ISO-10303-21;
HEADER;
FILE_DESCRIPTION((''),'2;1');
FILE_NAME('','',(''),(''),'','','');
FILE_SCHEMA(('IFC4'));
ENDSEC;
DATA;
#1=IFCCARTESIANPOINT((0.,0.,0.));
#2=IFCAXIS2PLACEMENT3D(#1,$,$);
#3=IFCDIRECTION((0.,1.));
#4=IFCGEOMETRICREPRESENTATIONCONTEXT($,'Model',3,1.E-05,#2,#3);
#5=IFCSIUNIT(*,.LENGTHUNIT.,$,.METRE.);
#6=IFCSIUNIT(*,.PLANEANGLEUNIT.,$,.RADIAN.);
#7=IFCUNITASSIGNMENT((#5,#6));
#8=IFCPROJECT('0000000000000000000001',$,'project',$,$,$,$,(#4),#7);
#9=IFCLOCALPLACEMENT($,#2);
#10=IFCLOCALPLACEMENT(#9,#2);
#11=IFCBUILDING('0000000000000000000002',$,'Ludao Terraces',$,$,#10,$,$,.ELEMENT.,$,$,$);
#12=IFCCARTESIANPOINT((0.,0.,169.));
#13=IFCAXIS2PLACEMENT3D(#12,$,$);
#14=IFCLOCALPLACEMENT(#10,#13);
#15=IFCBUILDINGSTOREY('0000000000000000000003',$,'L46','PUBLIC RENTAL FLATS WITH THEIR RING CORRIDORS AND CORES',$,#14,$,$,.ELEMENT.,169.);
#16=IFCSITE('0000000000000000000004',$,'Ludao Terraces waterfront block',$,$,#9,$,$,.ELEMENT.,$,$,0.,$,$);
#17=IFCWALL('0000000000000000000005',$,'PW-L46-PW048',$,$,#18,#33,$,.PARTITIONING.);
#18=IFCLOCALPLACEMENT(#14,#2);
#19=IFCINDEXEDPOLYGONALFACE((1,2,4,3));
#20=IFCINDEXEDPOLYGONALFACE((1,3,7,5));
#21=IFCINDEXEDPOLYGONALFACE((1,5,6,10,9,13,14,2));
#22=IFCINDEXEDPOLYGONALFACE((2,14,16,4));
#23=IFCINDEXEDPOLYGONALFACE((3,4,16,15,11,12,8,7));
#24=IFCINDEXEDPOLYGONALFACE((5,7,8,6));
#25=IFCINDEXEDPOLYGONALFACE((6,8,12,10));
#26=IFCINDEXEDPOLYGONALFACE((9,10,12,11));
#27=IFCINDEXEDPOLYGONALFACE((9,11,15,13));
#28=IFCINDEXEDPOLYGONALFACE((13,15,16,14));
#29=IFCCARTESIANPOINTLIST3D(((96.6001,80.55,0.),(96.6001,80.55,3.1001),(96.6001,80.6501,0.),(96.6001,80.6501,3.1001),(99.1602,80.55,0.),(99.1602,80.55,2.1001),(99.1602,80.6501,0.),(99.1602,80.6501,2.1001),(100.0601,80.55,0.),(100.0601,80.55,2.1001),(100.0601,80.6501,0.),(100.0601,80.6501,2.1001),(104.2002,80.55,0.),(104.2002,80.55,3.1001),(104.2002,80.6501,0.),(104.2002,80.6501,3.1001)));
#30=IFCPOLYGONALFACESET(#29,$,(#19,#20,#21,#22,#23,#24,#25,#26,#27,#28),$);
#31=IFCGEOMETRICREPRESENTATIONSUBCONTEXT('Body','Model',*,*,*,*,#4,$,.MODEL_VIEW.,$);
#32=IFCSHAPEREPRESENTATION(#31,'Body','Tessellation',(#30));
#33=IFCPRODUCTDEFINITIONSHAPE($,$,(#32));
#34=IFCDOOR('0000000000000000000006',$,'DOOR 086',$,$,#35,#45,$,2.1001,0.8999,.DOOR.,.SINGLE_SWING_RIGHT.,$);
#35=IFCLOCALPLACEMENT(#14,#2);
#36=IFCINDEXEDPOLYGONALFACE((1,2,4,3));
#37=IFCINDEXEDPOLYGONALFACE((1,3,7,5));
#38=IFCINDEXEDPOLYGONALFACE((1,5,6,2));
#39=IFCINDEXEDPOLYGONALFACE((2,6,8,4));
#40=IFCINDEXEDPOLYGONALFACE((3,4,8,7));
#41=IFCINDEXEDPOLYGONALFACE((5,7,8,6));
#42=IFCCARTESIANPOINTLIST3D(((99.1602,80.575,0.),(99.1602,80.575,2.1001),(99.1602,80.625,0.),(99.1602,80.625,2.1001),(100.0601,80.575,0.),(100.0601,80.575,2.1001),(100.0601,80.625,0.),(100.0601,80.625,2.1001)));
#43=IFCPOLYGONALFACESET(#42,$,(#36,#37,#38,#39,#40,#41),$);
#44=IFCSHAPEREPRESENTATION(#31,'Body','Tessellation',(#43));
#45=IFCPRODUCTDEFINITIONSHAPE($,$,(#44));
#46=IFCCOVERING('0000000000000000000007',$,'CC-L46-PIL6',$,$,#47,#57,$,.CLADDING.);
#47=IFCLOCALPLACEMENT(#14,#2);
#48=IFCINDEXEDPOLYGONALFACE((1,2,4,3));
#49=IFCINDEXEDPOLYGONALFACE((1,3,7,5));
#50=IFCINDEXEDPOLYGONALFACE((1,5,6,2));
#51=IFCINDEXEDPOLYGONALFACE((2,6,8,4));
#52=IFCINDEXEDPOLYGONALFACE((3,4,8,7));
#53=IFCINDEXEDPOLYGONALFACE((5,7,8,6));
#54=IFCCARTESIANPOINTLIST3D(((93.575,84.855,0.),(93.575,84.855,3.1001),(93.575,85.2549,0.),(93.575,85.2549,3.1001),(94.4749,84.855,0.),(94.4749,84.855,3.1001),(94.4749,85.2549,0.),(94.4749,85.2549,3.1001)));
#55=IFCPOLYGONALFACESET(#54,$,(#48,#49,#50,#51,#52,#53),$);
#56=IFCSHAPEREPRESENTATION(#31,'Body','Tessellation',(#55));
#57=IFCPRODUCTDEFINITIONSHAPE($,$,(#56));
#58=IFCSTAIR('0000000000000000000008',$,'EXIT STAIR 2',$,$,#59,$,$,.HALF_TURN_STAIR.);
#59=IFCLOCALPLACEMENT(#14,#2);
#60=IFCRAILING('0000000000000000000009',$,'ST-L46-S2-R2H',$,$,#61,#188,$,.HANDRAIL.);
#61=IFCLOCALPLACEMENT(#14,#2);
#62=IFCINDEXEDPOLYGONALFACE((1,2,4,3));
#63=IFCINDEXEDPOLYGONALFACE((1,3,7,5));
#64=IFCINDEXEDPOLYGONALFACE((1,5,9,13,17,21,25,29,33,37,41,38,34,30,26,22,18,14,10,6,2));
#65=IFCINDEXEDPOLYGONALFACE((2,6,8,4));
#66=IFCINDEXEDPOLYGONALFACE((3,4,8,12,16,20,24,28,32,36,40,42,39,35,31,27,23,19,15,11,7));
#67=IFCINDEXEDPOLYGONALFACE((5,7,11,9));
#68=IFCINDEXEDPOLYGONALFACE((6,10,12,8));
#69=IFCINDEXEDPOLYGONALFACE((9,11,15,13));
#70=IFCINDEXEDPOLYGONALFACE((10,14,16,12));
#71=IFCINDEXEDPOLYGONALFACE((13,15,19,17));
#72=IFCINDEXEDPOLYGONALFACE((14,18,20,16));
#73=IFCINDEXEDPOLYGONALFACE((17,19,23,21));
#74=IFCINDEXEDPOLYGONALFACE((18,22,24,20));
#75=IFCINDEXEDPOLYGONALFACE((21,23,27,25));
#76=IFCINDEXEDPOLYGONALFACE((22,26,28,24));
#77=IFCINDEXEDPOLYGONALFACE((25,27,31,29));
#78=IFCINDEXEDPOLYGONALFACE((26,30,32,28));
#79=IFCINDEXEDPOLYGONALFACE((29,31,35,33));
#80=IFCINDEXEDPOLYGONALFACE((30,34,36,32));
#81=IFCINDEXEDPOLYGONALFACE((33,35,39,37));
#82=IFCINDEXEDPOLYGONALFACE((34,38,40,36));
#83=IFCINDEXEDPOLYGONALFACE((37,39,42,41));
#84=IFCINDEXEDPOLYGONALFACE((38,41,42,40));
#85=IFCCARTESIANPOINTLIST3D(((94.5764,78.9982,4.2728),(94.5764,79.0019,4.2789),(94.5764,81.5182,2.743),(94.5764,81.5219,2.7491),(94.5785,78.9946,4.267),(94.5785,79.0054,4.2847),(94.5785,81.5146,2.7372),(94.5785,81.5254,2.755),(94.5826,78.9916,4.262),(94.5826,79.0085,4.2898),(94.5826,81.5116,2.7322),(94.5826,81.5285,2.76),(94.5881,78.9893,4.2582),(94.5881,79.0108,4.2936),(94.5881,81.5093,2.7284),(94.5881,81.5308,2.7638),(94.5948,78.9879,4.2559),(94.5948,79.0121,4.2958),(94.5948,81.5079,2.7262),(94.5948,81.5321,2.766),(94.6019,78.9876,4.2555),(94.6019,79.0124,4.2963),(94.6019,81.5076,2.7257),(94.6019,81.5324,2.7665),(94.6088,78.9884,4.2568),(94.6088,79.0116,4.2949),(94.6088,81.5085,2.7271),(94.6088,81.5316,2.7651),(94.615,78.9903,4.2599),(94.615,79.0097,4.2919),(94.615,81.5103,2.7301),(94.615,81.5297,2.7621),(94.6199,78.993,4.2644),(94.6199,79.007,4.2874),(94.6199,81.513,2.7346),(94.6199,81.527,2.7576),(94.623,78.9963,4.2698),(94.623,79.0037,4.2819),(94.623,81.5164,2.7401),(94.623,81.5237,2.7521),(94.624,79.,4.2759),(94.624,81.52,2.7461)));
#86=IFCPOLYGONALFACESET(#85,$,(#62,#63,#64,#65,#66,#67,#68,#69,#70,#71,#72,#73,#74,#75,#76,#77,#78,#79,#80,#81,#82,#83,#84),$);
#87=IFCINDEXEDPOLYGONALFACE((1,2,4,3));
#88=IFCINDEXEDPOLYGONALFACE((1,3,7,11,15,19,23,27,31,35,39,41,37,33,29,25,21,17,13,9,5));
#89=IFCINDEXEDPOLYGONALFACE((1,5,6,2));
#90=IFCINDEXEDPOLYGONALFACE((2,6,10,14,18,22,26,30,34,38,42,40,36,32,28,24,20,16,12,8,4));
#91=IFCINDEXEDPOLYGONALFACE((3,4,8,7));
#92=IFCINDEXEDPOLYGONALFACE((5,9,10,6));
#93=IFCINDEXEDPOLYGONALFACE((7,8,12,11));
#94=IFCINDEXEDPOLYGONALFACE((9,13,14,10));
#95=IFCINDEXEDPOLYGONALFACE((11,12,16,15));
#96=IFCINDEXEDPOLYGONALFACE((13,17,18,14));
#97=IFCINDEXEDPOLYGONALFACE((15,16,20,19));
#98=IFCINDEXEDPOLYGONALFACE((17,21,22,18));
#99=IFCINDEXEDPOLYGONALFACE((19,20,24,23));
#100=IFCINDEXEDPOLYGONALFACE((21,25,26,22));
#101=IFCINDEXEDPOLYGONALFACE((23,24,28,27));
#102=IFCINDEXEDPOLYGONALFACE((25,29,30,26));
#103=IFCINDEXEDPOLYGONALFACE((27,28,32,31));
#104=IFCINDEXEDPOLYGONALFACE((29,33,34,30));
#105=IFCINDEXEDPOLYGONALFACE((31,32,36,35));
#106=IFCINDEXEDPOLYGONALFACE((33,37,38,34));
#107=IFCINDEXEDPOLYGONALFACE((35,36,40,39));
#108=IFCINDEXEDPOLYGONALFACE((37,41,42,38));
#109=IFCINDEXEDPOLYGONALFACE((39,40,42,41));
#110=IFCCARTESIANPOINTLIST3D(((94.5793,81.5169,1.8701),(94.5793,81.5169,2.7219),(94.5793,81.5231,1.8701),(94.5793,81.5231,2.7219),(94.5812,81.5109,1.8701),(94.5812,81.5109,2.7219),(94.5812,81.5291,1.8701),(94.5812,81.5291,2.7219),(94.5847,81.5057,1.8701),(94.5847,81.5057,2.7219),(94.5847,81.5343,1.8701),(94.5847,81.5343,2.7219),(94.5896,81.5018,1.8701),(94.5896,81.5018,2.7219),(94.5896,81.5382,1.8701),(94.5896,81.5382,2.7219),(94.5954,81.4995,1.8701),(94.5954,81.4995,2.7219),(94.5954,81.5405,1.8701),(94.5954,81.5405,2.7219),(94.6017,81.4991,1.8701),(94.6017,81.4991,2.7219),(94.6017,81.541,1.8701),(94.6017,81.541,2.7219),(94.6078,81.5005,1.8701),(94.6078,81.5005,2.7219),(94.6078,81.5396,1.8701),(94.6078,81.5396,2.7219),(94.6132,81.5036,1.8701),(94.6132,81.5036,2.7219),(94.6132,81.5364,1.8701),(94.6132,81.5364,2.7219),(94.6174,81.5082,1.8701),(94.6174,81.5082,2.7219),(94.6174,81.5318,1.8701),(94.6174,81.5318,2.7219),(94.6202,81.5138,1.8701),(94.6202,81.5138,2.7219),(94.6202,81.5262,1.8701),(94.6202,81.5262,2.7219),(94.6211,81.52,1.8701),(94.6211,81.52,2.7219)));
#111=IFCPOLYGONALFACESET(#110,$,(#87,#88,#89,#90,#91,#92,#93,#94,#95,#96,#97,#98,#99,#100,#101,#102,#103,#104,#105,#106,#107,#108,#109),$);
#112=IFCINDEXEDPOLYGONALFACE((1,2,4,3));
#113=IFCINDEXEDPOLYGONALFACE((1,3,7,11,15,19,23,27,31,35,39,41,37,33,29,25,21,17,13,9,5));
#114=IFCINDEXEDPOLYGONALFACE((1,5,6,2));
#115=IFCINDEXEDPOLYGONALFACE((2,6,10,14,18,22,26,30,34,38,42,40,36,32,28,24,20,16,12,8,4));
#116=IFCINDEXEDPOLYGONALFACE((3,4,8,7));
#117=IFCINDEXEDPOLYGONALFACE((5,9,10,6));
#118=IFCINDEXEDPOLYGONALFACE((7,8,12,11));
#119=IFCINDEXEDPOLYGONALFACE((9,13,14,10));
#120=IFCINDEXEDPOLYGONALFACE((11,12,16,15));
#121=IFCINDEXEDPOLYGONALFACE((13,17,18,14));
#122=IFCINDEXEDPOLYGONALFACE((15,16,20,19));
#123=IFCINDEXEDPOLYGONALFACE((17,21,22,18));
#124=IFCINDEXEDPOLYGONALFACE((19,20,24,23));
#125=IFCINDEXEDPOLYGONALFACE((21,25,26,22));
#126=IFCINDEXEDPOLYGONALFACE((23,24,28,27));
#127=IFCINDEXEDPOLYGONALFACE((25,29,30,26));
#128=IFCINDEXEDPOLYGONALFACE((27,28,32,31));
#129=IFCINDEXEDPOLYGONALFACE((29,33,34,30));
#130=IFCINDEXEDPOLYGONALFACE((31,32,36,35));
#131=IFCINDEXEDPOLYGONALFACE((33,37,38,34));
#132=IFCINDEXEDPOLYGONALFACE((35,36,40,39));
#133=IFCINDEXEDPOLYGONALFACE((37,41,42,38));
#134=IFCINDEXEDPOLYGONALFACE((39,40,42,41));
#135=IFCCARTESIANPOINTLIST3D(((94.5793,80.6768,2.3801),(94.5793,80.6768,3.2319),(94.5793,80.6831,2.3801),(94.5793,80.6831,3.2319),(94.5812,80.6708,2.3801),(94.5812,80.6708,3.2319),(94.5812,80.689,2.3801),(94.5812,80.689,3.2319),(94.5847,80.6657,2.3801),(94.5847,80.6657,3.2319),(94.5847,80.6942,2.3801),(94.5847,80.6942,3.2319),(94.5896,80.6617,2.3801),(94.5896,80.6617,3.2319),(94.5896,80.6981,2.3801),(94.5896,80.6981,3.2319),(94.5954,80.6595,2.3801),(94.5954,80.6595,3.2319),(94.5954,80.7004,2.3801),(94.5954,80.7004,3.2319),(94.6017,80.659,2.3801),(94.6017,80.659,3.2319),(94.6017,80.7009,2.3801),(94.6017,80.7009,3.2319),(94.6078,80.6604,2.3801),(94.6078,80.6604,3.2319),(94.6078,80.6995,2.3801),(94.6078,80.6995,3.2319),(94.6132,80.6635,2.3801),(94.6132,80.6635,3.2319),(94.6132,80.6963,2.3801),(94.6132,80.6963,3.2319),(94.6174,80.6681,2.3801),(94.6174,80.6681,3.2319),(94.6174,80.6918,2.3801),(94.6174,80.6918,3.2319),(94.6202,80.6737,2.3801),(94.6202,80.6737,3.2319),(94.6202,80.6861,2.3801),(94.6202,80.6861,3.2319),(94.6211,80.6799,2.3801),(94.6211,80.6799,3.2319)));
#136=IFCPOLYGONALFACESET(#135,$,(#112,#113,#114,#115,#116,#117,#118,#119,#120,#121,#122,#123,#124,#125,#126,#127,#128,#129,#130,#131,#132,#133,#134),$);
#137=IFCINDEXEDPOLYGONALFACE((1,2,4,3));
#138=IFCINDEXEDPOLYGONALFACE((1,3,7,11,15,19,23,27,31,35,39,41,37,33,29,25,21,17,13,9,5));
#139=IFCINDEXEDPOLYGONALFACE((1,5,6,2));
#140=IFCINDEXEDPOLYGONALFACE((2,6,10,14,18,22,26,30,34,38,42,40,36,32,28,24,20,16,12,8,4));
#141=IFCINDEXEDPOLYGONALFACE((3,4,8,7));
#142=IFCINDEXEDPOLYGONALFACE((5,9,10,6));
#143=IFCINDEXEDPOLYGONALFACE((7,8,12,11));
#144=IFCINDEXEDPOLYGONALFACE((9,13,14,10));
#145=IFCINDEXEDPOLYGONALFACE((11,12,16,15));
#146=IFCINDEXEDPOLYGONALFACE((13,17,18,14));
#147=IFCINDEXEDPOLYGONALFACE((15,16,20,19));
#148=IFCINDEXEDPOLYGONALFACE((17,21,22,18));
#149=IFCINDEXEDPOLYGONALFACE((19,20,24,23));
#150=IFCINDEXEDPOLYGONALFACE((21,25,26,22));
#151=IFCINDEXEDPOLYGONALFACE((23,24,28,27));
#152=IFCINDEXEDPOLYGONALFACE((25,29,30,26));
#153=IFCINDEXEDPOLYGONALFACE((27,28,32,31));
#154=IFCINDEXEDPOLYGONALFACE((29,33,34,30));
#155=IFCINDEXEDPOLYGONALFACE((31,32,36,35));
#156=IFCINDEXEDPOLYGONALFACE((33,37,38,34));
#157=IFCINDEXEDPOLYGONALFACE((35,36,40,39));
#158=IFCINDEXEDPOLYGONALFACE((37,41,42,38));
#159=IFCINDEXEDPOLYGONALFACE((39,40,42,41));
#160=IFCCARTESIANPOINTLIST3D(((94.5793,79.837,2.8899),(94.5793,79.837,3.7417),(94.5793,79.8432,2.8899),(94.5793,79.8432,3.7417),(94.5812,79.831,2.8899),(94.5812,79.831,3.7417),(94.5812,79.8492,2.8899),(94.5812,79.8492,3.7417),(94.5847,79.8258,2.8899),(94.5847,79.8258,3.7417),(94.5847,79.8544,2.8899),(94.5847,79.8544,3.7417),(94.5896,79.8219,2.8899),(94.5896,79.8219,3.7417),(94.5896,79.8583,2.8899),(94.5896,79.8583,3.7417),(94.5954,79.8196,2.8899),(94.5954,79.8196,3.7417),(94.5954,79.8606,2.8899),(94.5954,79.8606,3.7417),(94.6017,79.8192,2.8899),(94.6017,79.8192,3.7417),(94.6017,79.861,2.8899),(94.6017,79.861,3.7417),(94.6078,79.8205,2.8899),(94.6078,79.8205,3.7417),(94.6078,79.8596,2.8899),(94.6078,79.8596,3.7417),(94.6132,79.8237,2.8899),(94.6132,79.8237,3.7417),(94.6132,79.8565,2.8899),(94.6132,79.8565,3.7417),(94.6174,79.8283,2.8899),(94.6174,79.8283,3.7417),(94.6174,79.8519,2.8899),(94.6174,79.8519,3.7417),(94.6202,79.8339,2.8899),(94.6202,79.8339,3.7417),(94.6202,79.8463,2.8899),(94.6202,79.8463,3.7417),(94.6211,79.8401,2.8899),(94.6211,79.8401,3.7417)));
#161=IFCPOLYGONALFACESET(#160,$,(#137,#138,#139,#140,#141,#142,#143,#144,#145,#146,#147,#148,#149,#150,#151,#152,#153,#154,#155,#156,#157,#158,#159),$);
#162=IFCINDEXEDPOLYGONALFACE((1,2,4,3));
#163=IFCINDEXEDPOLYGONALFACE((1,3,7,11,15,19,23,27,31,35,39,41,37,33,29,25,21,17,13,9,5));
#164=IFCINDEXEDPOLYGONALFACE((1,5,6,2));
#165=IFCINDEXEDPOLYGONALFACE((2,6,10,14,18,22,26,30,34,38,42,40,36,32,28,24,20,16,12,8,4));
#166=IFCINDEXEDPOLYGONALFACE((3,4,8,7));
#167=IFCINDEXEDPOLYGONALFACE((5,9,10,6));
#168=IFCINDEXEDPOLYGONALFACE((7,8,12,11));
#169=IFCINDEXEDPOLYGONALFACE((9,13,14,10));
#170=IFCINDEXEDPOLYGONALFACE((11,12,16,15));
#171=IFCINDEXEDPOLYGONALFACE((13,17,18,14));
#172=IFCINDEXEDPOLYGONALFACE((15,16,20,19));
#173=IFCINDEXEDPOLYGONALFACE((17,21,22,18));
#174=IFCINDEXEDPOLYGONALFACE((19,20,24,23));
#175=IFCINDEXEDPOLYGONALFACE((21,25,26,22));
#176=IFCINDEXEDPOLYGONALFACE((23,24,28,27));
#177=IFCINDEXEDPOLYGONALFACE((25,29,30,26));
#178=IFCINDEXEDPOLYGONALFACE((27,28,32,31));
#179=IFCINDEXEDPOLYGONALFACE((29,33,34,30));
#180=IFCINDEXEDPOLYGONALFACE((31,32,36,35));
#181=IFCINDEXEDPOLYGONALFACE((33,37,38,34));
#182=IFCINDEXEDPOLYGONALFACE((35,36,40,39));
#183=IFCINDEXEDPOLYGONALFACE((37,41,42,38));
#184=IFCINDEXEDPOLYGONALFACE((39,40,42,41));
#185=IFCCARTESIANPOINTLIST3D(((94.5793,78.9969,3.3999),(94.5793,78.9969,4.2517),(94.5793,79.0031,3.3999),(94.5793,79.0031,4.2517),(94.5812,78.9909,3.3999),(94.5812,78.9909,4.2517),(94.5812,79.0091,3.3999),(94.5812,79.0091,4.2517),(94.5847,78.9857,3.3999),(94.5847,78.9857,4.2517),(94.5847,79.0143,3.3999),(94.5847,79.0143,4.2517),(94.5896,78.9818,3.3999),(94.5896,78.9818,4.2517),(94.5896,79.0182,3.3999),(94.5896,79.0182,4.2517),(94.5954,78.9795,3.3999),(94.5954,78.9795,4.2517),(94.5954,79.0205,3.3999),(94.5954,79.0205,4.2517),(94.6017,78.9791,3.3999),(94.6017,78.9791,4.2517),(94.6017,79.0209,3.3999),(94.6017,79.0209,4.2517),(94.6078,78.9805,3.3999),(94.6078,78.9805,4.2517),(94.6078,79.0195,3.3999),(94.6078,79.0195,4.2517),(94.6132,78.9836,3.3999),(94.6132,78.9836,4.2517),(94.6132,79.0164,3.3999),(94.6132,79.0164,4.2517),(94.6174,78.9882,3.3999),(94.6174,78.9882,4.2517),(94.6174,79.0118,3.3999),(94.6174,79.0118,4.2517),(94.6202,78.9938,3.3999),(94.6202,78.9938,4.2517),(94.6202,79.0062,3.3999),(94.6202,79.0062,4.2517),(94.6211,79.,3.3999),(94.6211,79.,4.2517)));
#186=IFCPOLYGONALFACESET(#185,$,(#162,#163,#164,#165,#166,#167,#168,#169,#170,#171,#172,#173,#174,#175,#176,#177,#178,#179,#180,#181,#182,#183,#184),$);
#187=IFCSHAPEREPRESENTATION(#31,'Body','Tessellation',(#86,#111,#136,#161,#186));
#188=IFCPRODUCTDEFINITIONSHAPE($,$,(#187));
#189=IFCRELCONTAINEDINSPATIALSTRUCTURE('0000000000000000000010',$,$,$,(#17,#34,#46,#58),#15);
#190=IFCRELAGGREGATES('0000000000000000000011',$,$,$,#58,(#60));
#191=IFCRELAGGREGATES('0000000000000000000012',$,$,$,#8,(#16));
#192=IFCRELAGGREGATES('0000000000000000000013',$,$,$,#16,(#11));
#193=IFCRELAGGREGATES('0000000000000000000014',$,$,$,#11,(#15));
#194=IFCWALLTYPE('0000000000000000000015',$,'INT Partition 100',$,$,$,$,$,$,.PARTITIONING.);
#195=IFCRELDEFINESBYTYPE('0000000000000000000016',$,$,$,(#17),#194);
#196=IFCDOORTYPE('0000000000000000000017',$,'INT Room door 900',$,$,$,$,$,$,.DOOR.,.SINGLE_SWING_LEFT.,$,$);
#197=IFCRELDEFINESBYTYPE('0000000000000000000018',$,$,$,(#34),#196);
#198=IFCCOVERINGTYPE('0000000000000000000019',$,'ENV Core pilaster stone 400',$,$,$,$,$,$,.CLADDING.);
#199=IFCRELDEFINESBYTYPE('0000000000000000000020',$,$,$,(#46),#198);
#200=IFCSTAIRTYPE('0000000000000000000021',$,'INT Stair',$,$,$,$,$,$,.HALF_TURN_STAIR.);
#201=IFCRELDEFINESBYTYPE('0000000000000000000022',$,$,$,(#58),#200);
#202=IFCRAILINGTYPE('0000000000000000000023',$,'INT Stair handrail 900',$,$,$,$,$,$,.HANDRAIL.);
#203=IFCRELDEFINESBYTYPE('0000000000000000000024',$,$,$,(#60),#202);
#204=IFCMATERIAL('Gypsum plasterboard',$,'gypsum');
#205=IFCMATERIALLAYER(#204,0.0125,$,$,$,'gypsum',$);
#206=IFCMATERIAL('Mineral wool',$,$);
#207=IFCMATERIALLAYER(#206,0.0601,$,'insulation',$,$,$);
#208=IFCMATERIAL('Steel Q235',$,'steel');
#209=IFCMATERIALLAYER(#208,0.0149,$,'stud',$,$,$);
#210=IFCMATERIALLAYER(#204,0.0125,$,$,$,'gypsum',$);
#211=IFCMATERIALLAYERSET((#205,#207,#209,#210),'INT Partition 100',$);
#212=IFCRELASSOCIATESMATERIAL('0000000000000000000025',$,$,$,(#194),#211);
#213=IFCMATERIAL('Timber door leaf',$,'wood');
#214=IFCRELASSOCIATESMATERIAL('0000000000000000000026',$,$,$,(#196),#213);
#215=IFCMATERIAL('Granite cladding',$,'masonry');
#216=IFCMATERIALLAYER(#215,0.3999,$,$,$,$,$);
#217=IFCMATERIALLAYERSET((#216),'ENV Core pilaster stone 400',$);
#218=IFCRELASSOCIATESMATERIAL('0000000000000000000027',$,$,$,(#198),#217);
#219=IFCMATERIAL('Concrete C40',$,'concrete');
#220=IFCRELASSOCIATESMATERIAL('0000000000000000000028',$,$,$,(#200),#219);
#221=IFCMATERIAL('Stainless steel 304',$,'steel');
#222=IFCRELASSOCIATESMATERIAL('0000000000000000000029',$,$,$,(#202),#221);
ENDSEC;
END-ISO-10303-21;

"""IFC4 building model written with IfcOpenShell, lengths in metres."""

from ifc_helpers import new_model, si_unit, direction, frame, frame_2d, origin, origin_2d, place, context, subcontext, project, spatial, rectangle, circle, extrude, material, layer, layer_set, type_object, element, fill, aggregate, save


model = new_model("IFC4")

# Units and contexts
model_context = context("Model", 3, precision=1e-05, world=origin(), true_north=direction((0.0, 1.0)))
body_context = subcontext(model_context, "Body", "Model", "MODEL_VIEW")
ifc_project = project(units=[si_unit("LENGTHUNIT", "METRE"), si_unit("PLANEANGLEUNIT", "RADIAN")], contexts=[model_context])

# Site, building, storey
site_placement = place(None, origin())
site = spatial("IfcSite", under=ifc_project, at=site_placement, Name="Ludao Terraces waterfront block", CompositionType="ELEMENT", RefElevation=0.0)
building_placement = place(site_placement, origin())
building = spatial("IfcBuilding", under=site, at=building_placement, Name="Ludao Terraces", CompositionType="ELEMENT")
storey_placement = place(building_placement, frame((0.0, 0.0, 169.0)))
storey = spatial("IfcBuildingStorey", under=building, at=storey_placement, Name="L46", Description="PUBLIC RENTAL FLATS WITH THEIR RING CORRIDORS AND CORES", CompositionType="ELEMENT", Elevation=169.0)

# Shared definitions
ifc_material_1 = material(Name="Concrete C40", Category="concrete")

# Shared definitions
ifc_material_2 = material(Name="Steel Q235", Category="steel")

# Shared definitions
ifc_material_3 = material(Name="Granite cladding", Category="masonry")
ifc_material_4 = material(Name="Mineral wool")

# Shared definitions
ifc_material_5 = material(Name="Gypsum plasterboard", Category="gypsum")
ifc_layer_1 = layer(ifc_material_5, 0.0125, Category="gypsum")
ifc_layer_2 = layer(ifc_material_4, 0.0601, Name="insulation")
ifc_layer_3 = layer(ifc_material_2, 0.0149, Name="stud")
ifc_layer_4 = layer(ifc_material_5, 0.0125, Category="gypsum")
ifc_layer_set_1 = layer_set([ifc_layer_1, ifc_layer_2, ifc_layer_3, ifc_layer_4], Name="INT Partition 100")
wall_type_1 = type_object("IfcWallType", Name="INT Partition 100", PredefinedType="PARTITIONING", material=ifc_layer_set_1)

# Wall, opening, door
wall_1_placement = place(storey_placement, frame((96.6001, 80.6001, 0.0), z_axis=(0.0, 0.0, 1.0), x_axis=(1.0, 0.0, 0.0)))
wall_1 = element("IfcWall", 1, at=wall_1_placement, inside=storey, type_object=wall_type_1, Name="PW-L46-PW048", PredefinedType="PARTITIONING", context=body_context, shape_type="SweptSolid", body=[
    extrude(rectangle(XDim=7.6001, YDim=0.1001, at=frame_2d((3.8, 0.0))), origin(), (0.0, 0.0, 1.0), 3.1001),
])
opening_1_placement = place(wall_1_placement, frame((2.5601, 0.0, 0.0)))
opening_1 = element("IfcOpeningElement", 2, at=opening_1_placement, cuts=wall_1, PredefinedType="OPENING", context=body_context, shape_type="SweptSolid", body=[
    extrude(rectangle(XDim=0.8999, YDim=2.1001, at=frame_2d((0.45, 1.05))), frame((0.0, 0.0601, 0.0), z_axis=(0.0, -1.0, 0.0), x_axis=(1.0, 0.0, 0.0)), (0.0, 0.0, 1.0), 0.1201),
])
ifc_material_6 = material(Name="Timber door leaf", Category="wood")
door_type_1 = type_object("IfcDoorType", Name="INT Room door 900", OperationType="SINGLE_SWING_LEFT", PredefinedType="DOOR", material=ifc_material_6)
door_1_placement = place(opening_1_placement, origin())
door_1 = element("IfcDoor", 3, at=door_1_placement, inside=storey, type_object=door_type_1, Name="DOOR 086", OperationType="SINGLE_SWING_RIGHT", OverallHeight=2.1001, OverallWidth=0.8999, PredefinedType="DOOR", context=body_context, shape_type="SweptSolid", body=[
    extrude(rectangle(XDim=0.8999, YDim=2.1001, at=frame_2d((0.45, 1.05))), frame((0.0, 0.0249, 0.0), z_axis=(0.0, -1.0, 0.0), x_axis=(1.0, 0.0, 0.0)), (0.0, 0.0, 1.0), 0.05),
])
fill(opening_1, door_1)

# Covering
ifc_layer_5 = layer(ifc_material_3, 0.3999)
ifc_layer_set_2 = layer_set([ifc_layer_5], Name="ENV Core pilaster stone 400")
covering_type = type_object("IfcCoveringType", Name="ENV Core pilaster stone 400", PredefinedType="CLADDING", material=ifc_layer_set_2)
covering_placement = place(storey_placement, frame((94.0249, 85.0549, 0.0), z_axis=(0.0, 0.0, 1.0), x_axis=(1.0, 0.0, 0.0)))
element("IfcCovering", 4, at=covering_placement, inside=storey, type_object=covering_type, Name="CC-L46-PIL6", PredefinedType="CLADDING", context=body_context, shape_type="SweptSolid", body=[
    extrude(rectangle(XDim=0.8999, YDim=0.3999, at=origin_2d()), origin(), (0.0, 0.0, 1.0), 3.1001),
])

# Stair, railing
stair_type = type_object("IfcStairType", Name="INT Stair", PredefinedType="HALF_TURN_STAIR", material=ifc_material_1)
stair_placement = place(storey_placement, origin())
stair = element("IfcStair", 5, at=stair_placement, inside=storey, type_object=stair_type, Name="EXIT STAIR 2", PredefinedType="HALF_TURN_STAIR")
ifc_material_7 = material(Name="Stainless steel 304", Category="steel")
railing_type = type_object("IfcRailingType", Name="INT Stair handrail 900", PredefinedType="HANDRAIL", material=ifc_material_7)
railing_placement = place(storey_placement, frame((94.6001, 81.52, 1.8701)))
railing = element("IfcRailing", 6, at=railing_placement, type_object=railing_type, Name="ST-L46-S2-R2H", PredefinedType="HANDRAIL", context=body_context, shape_type="SweptSolid", body=[
    extrude(circle(Radius=0.0239, at=origin_2d()), frame((0.0, 0.0, 0.876), z_axis=(0.0, -0.854822, 0.518922), x_axis=(1.0, 0.0, 0.0)), (0.0, 0.0, 1.0), 2.948),
    extrude(circle(Radius=0.021, at=origin_2d()), origin(), (0.0, 0.0, 1.0), 0.8518),
    extrude(circle(Radius=0.021, at=origin_2d()), frame((0.0, -0.8401, 0.51)), (0.0, 0.0, 1.0), 0.8518),
    extrude(circle(Radius=0.021, at=origin_2d()), frame((0.0, -1.6799, 1.0198)), (0.0, 0.0, 1.0), 0.8518),
    extrude(circle(Radius=0.021, at=origin_2d()), frame((0.0, -2.52, 1.5298)), (0.0, 0.0, 1.0), 0.8518),
])
aggregate(stair, [railing])

save(model, "model.ifc")
